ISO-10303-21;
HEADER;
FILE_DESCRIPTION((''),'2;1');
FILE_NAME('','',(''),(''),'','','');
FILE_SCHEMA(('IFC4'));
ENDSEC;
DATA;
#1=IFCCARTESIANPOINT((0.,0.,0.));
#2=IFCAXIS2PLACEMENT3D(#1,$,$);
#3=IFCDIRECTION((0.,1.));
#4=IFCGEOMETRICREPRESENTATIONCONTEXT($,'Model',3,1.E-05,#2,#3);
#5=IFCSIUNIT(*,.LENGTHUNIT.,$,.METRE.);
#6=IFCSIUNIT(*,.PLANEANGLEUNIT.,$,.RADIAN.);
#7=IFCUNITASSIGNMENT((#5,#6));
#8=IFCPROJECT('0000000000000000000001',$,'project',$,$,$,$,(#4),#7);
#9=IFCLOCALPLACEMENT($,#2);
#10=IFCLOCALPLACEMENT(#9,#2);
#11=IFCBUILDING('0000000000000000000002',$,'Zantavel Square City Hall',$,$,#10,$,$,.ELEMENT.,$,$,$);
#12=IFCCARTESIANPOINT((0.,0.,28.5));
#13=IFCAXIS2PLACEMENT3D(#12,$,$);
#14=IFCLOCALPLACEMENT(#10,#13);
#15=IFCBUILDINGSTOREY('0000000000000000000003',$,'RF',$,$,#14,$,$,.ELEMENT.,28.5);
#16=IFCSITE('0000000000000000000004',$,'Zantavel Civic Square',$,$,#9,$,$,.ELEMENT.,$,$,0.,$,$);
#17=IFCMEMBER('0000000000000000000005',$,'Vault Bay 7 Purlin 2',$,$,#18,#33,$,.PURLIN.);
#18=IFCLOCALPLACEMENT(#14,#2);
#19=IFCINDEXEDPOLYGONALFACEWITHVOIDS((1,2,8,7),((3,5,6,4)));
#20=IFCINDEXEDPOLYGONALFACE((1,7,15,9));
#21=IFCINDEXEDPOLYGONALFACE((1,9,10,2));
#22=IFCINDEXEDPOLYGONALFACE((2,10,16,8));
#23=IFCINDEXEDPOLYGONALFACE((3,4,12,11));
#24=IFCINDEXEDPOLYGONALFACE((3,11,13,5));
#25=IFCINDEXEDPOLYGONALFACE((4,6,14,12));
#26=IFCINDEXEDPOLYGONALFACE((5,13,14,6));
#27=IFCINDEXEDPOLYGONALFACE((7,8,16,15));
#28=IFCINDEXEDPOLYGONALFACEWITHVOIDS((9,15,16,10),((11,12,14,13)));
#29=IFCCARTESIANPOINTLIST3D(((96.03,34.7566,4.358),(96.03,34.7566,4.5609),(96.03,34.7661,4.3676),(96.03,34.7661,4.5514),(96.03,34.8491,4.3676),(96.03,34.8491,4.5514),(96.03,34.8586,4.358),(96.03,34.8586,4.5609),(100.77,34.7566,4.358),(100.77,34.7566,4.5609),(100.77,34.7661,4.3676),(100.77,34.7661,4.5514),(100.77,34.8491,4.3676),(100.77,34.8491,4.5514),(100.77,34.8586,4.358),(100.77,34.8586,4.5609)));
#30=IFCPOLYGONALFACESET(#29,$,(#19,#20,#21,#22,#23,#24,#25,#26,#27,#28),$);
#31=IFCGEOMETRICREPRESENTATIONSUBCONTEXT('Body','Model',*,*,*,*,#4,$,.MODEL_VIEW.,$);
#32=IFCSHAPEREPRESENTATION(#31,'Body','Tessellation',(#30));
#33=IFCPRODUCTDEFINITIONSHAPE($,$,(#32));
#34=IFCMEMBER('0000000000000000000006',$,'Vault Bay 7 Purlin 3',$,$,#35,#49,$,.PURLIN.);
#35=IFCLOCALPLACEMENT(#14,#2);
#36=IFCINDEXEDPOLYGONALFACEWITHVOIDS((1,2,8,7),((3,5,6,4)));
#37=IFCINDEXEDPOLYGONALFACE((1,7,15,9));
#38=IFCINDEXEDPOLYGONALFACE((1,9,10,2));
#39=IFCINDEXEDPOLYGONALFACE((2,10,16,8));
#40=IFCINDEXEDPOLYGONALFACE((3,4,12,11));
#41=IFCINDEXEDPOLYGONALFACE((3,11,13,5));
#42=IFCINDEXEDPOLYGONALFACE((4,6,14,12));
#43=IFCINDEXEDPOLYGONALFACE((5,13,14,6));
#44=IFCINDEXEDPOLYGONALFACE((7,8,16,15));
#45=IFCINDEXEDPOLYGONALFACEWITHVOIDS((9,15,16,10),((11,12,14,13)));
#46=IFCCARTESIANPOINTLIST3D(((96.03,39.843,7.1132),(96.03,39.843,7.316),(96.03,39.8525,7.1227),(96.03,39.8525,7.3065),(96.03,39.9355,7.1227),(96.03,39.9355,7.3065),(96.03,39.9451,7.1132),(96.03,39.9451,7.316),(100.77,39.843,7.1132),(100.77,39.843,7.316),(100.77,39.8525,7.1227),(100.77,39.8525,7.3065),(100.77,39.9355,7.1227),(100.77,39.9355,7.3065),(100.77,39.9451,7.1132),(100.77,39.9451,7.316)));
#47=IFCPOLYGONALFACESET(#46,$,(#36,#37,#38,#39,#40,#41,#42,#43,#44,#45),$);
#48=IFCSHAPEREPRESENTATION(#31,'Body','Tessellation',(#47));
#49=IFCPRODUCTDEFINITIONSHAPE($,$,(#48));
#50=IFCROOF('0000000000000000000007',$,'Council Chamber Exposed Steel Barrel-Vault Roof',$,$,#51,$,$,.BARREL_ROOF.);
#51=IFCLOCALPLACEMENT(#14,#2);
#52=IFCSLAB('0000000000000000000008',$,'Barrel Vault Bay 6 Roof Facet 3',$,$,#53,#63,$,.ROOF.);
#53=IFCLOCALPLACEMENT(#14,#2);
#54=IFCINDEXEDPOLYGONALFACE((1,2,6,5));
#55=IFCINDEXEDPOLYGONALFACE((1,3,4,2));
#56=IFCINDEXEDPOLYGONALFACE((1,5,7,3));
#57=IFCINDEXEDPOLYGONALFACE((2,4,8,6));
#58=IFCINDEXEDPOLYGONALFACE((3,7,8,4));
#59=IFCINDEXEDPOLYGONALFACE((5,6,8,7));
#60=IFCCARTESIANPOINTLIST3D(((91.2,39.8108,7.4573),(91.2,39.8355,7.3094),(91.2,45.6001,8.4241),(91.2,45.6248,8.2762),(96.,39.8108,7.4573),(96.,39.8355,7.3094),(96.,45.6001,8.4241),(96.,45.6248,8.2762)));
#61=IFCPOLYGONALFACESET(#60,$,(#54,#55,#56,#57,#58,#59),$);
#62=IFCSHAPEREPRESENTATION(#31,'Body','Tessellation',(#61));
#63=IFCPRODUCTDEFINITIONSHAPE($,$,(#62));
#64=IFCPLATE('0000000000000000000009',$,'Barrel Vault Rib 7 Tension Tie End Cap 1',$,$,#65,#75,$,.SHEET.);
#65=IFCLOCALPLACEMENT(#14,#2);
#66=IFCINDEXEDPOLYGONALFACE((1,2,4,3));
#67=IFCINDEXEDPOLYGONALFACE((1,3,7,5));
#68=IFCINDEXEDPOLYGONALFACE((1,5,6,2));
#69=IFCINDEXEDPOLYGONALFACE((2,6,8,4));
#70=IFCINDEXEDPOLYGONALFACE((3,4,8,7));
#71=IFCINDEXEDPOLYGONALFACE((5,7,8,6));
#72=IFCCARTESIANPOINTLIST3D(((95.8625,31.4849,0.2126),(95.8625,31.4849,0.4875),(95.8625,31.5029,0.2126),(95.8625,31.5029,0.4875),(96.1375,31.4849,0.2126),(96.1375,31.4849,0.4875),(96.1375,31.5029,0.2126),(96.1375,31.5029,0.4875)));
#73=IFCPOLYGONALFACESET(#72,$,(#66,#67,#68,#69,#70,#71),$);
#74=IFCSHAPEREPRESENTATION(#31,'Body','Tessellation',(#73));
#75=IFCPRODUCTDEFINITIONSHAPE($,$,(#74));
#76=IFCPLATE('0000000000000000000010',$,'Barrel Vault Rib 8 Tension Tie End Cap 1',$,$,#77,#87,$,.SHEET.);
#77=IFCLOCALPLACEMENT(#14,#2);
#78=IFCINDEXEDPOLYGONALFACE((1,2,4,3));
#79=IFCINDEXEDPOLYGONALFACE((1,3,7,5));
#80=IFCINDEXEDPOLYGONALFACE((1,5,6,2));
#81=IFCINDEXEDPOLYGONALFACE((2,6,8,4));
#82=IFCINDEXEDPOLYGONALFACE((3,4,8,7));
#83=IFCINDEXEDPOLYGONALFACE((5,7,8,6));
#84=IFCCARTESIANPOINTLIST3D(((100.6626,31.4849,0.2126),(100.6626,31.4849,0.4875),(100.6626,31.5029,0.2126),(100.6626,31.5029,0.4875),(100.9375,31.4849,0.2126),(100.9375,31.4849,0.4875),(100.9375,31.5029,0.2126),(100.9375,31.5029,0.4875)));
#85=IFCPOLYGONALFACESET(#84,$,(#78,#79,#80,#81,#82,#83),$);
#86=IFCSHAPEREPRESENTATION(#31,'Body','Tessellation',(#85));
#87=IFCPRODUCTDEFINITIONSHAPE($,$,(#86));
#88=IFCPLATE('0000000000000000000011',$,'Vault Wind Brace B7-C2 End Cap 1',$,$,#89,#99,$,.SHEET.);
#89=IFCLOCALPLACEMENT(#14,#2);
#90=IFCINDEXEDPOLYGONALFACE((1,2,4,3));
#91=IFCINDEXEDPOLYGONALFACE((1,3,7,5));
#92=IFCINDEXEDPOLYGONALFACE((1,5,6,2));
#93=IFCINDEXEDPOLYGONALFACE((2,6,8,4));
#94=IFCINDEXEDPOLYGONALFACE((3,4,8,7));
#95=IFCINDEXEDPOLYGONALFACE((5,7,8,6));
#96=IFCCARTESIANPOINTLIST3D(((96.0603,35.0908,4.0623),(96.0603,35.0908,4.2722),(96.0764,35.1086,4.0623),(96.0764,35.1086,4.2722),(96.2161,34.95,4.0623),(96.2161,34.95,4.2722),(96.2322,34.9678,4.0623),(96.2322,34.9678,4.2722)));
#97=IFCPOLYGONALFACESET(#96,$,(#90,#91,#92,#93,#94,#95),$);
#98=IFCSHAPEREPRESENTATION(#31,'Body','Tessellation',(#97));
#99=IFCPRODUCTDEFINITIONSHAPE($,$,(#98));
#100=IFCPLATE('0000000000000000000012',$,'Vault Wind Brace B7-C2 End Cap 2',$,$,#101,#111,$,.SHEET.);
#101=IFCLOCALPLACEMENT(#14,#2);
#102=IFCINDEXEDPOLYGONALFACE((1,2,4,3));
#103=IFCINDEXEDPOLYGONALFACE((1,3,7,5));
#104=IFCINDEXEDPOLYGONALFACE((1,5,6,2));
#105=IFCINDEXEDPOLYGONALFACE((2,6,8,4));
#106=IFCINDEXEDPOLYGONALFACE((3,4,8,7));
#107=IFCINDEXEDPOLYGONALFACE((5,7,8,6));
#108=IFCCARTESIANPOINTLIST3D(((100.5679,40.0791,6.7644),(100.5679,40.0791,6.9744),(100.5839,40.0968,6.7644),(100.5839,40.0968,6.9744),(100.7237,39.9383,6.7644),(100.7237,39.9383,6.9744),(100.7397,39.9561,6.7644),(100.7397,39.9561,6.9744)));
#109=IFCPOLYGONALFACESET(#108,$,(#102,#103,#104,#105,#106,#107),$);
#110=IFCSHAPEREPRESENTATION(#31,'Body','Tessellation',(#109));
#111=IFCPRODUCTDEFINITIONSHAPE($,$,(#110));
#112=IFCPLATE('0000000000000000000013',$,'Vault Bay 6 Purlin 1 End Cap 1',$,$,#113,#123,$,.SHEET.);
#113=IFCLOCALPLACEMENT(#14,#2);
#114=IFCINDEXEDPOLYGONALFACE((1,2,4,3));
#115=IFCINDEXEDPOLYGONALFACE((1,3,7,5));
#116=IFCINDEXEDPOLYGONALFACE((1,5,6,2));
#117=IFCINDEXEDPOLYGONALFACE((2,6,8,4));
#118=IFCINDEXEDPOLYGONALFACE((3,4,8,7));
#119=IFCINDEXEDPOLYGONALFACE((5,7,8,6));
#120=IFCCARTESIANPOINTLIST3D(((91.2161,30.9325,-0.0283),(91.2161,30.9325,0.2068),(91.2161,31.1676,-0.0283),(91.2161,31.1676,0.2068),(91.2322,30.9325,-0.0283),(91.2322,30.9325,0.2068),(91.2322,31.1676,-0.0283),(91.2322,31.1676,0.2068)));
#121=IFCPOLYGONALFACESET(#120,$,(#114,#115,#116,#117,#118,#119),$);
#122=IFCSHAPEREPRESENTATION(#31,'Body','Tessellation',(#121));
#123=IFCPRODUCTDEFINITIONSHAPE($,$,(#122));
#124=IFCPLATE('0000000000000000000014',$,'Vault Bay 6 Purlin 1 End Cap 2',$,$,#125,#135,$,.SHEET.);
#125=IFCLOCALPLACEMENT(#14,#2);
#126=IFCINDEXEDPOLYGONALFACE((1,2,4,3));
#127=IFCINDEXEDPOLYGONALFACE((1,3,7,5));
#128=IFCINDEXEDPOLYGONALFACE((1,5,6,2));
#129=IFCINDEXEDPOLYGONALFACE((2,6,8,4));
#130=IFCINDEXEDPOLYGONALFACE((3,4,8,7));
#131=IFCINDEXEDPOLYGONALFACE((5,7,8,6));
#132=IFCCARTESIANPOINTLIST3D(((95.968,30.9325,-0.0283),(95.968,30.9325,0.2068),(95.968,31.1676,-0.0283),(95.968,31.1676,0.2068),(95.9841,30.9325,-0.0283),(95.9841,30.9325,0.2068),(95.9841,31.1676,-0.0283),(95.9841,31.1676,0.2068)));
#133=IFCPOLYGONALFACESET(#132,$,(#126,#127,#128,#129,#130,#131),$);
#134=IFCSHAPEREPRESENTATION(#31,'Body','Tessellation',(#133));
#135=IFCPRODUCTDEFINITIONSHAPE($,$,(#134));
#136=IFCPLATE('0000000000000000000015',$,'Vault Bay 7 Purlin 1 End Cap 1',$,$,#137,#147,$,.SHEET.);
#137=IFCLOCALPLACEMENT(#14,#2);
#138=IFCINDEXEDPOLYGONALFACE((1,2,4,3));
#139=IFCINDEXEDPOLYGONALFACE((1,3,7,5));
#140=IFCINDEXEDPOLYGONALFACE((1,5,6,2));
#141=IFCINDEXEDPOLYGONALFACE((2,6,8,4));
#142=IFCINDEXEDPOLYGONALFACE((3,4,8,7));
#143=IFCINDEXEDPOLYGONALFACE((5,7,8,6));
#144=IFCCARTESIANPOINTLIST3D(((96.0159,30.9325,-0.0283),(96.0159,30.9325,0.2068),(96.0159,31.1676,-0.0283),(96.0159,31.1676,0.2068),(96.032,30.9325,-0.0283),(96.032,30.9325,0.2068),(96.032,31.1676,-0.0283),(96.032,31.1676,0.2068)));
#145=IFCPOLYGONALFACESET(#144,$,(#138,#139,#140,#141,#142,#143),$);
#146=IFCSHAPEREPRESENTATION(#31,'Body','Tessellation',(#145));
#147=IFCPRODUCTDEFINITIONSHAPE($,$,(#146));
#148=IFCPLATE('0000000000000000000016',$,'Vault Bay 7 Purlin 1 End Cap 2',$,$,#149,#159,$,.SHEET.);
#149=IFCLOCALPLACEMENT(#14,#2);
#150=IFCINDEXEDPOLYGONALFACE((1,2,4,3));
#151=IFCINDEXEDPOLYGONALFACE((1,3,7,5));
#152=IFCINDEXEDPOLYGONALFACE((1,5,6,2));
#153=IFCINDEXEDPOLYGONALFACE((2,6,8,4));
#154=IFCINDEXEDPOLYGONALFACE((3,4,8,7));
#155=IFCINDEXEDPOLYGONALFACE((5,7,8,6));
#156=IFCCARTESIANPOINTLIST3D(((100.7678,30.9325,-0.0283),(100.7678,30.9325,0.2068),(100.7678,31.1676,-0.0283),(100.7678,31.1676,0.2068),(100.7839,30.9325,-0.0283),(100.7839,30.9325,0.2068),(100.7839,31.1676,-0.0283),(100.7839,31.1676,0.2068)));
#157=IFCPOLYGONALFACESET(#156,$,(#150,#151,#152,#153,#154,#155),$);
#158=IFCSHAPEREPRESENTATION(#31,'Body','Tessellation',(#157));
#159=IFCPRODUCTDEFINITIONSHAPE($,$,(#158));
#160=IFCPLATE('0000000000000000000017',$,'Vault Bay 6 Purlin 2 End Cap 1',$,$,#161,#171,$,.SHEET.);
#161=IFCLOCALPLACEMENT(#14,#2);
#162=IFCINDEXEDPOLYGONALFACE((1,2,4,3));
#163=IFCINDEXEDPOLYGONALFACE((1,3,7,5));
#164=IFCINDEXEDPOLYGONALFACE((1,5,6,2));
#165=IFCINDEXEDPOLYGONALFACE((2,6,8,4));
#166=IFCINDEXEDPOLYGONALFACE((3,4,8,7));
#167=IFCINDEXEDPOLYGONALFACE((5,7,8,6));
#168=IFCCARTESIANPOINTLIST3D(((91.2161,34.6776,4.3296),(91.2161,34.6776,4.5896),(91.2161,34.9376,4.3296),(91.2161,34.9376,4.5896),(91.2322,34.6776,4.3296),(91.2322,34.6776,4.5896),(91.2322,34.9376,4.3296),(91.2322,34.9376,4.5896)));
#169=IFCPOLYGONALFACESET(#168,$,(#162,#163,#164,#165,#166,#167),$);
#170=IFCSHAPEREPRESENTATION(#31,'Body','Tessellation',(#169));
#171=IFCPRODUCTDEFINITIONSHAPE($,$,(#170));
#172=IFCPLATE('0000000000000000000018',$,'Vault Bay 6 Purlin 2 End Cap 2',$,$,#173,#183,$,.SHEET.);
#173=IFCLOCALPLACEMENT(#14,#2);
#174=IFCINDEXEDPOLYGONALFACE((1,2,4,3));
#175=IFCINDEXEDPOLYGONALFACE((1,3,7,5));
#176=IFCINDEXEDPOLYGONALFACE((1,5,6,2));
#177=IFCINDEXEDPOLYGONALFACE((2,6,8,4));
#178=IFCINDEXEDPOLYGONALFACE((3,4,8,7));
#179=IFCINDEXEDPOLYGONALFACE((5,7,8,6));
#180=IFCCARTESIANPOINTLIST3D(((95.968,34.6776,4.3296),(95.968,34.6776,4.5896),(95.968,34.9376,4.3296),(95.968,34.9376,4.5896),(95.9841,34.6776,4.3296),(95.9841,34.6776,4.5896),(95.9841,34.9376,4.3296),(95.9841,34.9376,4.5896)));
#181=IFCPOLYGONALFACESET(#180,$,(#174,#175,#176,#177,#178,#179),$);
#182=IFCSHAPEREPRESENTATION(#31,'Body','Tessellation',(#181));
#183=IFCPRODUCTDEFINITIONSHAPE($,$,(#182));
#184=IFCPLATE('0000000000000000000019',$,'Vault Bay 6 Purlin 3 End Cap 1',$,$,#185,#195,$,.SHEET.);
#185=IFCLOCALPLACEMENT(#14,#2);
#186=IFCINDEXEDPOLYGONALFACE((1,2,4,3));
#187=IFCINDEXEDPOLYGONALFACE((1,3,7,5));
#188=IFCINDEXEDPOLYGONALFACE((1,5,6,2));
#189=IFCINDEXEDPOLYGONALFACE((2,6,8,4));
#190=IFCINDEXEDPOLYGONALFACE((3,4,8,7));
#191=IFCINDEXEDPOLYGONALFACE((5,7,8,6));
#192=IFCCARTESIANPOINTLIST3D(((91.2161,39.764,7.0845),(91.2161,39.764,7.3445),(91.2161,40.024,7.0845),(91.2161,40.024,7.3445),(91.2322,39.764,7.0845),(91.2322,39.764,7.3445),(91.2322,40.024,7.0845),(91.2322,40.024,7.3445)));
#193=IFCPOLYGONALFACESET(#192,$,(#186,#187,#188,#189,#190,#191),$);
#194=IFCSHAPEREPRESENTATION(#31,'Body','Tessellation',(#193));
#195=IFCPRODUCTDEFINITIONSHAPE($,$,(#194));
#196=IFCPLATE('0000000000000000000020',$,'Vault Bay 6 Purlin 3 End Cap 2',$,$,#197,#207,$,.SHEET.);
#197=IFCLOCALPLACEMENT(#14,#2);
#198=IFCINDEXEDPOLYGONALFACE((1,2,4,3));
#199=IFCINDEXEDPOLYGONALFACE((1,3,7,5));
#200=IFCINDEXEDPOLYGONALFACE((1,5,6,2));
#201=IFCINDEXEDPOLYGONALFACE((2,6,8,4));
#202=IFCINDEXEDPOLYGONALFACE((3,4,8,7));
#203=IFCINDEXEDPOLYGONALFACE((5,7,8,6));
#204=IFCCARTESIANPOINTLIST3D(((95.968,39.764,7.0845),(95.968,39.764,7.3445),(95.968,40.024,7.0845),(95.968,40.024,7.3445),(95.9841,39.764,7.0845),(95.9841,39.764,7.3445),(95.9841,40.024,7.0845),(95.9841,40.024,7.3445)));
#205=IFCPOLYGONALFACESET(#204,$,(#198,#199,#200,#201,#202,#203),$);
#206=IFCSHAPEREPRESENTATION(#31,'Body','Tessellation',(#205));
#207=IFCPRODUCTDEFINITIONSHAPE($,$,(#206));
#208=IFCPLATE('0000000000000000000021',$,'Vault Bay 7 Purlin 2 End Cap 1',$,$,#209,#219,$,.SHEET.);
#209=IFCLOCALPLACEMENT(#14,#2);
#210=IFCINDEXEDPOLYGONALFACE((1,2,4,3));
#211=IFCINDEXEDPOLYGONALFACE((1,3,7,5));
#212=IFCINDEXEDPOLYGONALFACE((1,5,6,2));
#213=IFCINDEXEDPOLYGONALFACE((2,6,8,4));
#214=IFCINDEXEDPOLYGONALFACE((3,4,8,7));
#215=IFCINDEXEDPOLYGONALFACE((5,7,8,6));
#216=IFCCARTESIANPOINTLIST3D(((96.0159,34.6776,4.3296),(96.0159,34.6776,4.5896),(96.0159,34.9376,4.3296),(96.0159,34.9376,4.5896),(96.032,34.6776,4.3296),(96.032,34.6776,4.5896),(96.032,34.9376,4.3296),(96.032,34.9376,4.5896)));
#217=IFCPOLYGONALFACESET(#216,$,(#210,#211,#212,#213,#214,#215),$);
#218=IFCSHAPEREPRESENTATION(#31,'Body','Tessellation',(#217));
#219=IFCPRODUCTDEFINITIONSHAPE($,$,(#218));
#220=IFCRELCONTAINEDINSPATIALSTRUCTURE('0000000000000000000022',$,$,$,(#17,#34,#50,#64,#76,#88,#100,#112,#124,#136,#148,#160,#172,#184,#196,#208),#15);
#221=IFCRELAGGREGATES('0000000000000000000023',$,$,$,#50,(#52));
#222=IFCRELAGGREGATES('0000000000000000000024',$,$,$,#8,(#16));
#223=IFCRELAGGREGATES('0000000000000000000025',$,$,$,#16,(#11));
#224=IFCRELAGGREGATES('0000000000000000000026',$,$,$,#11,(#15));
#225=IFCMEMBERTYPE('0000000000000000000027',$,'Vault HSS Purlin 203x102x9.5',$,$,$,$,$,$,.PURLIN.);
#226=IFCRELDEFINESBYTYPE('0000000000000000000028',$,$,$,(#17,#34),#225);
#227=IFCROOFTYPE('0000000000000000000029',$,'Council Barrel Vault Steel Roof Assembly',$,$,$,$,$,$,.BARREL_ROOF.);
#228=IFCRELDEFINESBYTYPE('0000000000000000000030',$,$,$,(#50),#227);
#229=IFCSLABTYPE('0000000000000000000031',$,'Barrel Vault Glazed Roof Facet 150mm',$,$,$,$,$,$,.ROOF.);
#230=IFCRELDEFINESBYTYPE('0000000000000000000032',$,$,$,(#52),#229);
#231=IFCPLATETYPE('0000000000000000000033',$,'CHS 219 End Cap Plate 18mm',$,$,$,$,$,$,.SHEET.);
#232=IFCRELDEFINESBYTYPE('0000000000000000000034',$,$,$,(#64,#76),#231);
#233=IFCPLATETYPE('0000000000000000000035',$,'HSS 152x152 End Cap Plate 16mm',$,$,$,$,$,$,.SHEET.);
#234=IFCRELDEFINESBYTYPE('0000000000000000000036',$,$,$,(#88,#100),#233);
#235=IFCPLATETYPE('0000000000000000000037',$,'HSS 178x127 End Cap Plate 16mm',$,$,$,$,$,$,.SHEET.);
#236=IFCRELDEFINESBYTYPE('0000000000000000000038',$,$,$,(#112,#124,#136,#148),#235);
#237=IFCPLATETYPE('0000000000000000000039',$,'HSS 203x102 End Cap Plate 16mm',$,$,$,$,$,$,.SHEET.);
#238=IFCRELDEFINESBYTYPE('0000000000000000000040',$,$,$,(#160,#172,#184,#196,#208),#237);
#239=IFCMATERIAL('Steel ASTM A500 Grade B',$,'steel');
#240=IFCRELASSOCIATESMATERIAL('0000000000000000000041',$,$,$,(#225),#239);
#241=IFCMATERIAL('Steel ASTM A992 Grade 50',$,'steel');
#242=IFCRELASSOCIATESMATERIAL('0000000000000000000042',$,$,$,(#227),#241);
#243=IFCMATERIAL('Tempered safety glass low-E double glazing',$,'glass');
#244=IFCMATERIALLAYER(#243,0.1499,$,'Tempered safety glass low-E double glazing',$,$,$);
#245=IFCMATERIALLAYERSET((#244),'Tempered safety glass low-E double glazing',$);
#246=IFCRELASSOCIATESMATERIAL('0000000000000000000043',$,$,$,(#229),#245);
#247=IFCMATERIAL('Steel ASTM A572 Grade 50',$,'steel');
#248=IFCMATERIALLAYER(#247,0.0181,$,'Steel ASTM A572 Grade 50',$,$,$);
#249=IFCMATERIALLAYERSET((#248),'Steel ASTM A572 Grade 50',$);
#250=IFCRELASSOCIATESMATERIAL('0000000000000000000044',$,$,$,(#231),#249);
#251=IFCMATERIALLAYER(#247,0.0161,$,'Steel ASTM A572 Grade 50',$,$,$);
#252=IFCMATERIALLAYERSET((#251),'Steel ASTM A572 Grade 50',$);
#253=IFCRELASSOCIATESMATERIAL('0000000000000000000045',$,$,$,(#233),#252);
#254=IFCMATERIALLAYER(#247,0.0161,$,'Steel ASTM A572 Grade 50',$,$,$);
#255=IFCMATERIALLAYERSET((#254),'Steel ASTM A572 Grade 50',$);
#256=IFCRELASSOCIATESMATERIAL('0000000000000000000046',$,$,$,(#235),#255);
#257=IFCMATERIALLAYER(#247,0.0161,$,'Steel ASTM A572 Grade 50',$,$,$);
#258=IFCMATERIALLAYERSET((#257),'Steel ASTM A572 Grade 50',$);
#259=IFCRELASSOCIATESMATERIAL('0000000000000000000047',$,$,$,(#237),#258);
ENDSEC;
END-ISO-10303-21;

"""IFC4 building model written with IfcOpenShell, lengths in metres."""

from ifc_helpers import new_model, si_unit, direction, frame, origin, origin_2d, place, context, subcontext, project, spatial, polyline, rectangle, hollow_rectangle, outline, extrude, material, layer, layer_set, material_profile, profile_set, type_object, element, aggregate, save


model = new_model("IFC4")

# Units and contexts
model_context = context("Model", 3, precision=1e-05, world=origin(), true_north=direction((0.0, 1.0)))
body_context = subcontext(model_context, "Body", "Model", "MODEL_VIEW")
ifc_project = project(units=[si_unit("LENGTHUNIT", "METRE"), si_unit("PLANEANGLEUNIT", "RADIAN")], contexts=[model_context])

# Site, building, storey
site_placement = place(None, origin())
site = spatial("IfcSite", under=ifc_project, at=site_placement, Name="Zantavel Civic Square", CompositionType="ELEMENT", RefElevation=0.0)
building_placement = place(site_placement, origin())
building = spatial("IfcBuilding", under=site, at=building_placement, Name="Zantavel Square City Hall", CompositionType="ELEMENT")
storey_placement = place(building_placement, frame((0.0, 0.0, 28.5)))
storey = spatial("IfcBuildingStorey", under=building, at=storey_placement, Name="RF", CompositionType="ELEMENT", Elevation=28.5)

# Shared definitions
ifc_material_1 = material(Name="Steel ASTM A992 Grade 50", Category="steel")

# Members
ifc_material_2 = material(Name="Steel ASTM A500 Grade B", Category="steel")
ifc_material_profile_1 = material_profile(ifc_material_2, hollow_rectangle(XDim=0.1021, YDim=0.2029, WallThickness=0.0095, at=origin_2d()), Name="HSS 203x102x9.5")
ifc_profile_set_1 = profile_set([ifc_material_profile_1], Name="Steel ASTM A500 Grade B")
member_type_1 = type_object("IfcMemberType", Name="Vault HSS Purlin 203x102x9.5", PredefinedType="PURLIN", material=ifc_profile_set_1)
for number, where, z_axis, x_axis, name in (
    (1, (96.03, 34.8076, 4.4595), (1.0, 0.0, 0.0), (0.0, 1.0, 0.0), "Vault Bay 7 Purlin 2"),
    (2, (96.03, 39.894, 7.2146), (1.0, 0.0, 0.0), (0.0, 1.0, 0.0), "Vault Bay 7 Purlin 3"),
):
    element("IfcMember", number, at=place(storey_placement, frame(where, z_axis=z_axis, x_axis=x_axis)), inside=storey, type_object=member_type_1, Name=name, PredefinedType="PURLIN", context=body_context, shape_type="SweptSolid", body=[
        extrude(hollow_rectangle(XDim=0.1021, YDim=0.2029, WallThickness=0.0095, at=origin_2d()), origin(), (0.0, 0.0, 1.0), 4.74),
    ])

# Roof, slab
roof_type = type_object("IfcRoofType", Name="Council Barrel Vault Steel Roof Assembly", PredefinedType="BARREL_ROOF", material=ifc_material_1)
roof_placement = place(storey_placement, origin())
roof = element("IfcRoof", 3, at=roof_placement, inside=storey, type_object=roof_type, Name="Council Chamber Exposed Steel Barrel-Vault Roof", PredefinedType="BARREL_ROOF")
ifc_material_3 = material(Name="Tempered safety glass low-E double glazing", Category="glass")
ifc_layer_1 = layer(ifc_material_3, 0.1499, Name="Tempered safety glass low-E double glazing")
ifc_layer_set_1 = layer_set([ifc_layer_1], Name="Tempered safety glass low-E double glazing")
slab_type_1 = type_object("IfcSlabType", Name="Barrel Vault Glazed Roof Facet 150mm", PredefinedType="ROOF", material=ifc_layer_set_1)
slab_1_placement = place(storey_placement, frame((91.2, 39.8108, 7.4573), z_axis=(0.0, -0.164716, 0.986341), x_axis=(1.0, 0.0, 0.0)))
slab_1 = element("IfcSlab", 4, at=slab_1_placement, type_object=slab_type_1, Name="Barrel Vault Bay 6 Roof Facet 3", PredefinedType="ROOF", context=body_context, shape_type="SweptSolid", body=[
    extrude(outline(polyline([(0.0, 0.0), (4.8, 0.0), (4.8, 5.8695), (0.0, 5.8695), (0.0, 0.0)])), origin(), (0.0, 0.0, -1.0), 0.1499),
])

# Plates
ifc_material_4 = material(Name="Steel ASTM A572 Grade 50", Category="steel")
ifc_layer_2 = layer(ifc_material_4, 0.0181, Name="Steel ASTM A572 Grade 50")
ifc_layer_set_2 = layer_set([ifc_layer_2], Name="Steel ASTM A572 Grade 50")
plate_type_1 = type_object("IfcPlateType", Name="CHS 219 End Cap Plate 18mm", PredefinedType="SHEET", material=ifc_layer_set_2)
for number, where, z_axis, x_axis, name in (
    (5, (96.0, 31.4939, 0.2126), (0.0, 0.0, 1.0), (0.0, 1.0, 0.0), "Barrel Vault Rib 7 Tension Tie End Cap 1"),
    (6, (100.8, 31.4939, 0.2126), (0.0, 0.0, 1.0), (0.0, 1.0, 0.0), "Barrel Vault Rib 8 Tension Tie End Cap 1"),
):
    element("IfcPlate", number, at=place(storey_placement, frame(where, z_axis=z_axis, x_axis=x_axis)), inside=storey, type_object=plate_type_1, Name=name, PredefinedType="SHEET", context=body_context, shape_type="SweptSolid", body=[
        extrude(rectangle(XDim=0.0181, YDim=0.2749, at=origin_2d()), origin(), (0.0, 0.0, 1.0), 0.2749),
    ])
ifc_layer_3 = layer(ifc_material_4, 0.0161, Name="Steel ASTM A572 Grade 50")
ifc_layer_set_3 = layer_set([ifc_layer_3], Name="Steel ASTM A572 Grade 50")
plate_type_2 = type_object("IfcPlateType", Name="HSS 152x152 End Cap Plate 16mm", PredefinedType="SHEET", material=ifc_layer_set_3)
for number, where, z_axis, x_axis, name in (
    (7, (96.1462, 35.0293, 4.0623), (0.0, 0.0, 1.0), (0.670438, 0.741966, 0.0), "Vault Wind Brace B7-C2 End Cap 1"),
    (8, (100.6538, 40.0176, 6.7644), (0.0, 0.0, 1.0), (0.670438, 0.741966, 0.0), "Vault Wind Brace B7-C2 End Cap 2"),
):
    element("IfcPlate", number, at=place(storey_placement, frame(where, z_axis=z_axis, x_axis=x_axis)), inside=storey, type_object=plate_type_2, Name=name, PredefinedType="SHEET", context=body_context, shape_type="SweptSolid", body=[
        extrude(rectangle(XDim=0.0239, YDim=0.21, at=origin_2d()), origin(), (0.0, 0.0, 1.0), 0.21),
    ])
ifc_layer_4 = layer(ifc_material_4, 0.0161, Name="Steel ASTM A572 Grade 50")
ifc_layer_set_4 = layer_set([ifc_layer_4], Name="Steel ASTM A572 Grade 50")
plate_type_3 = type_object("IfcPlateType", Name="HSS 178x127 End Cap Plate 16mm", PredefinedType="SHEET", material=ifc_layer_set_4)
for number, where, z_axis, x_axis, name in (
    (9, (91.2241, 31.05, -0.0283), (0.0, 0.0, 1.0), (1.0, 0.0, 0.0), "Vault Bay 6 Purlin 1 End Cap 1"),
    (10, (95.9761, 31.05, -0.0283), (0.0, 0.0, 1.0), (1.0, 0.0, 0.0), "Vault Bay 6 Purlin 1 End Cap 2"),
    (11, (96.0239, 31.05, -0.0283), (0.0, 0.0, 1.0), (1.0, 0.0, 0.0), "Vault Bay 7 Purlin 1 End Cap 1"),
    (12, (100.7759, 31.05, -0.0283), (0.0, 0.0, 1.0), (1.0, 0.0, 0.0), "Vault Bay 7 Purlin 1 End Cap 2"),
):
    element("IfcPlate", number, at=place(storey_placement, frame(where, z_axis=z_axis, x_axis=x_axis)), inside=storey, type_object=plate_type_3, Name=name, PredefinedType="SHEET", context=body_context, shape_type="SweptSolid", body=[
        extrude(rectangle(XDim=0.0161, YDim=0.2351, at=origin_2d()), origin(), (0.0, 0.0, 1.0), 0.2351),
    ])
ifc_layer_5 = layer(ifc_material_4, 0.0161, Name="Steel ASTM A572 Grade 50")
ifc_layer_set_5 = layer_set([ifc_layer_5], Name="Steel ASTM A572 Grade 50")
plate_type_4 = type_object("IfcPlateType", Name="HSS 203x102 End Cap Plate 16mm", PredefinedType="SHEET", material=ifc_layer_set_5)
for number, where, z_axis, x_axis, name in (
    (13, (91.2241, 34.8076, 4.3296), (0.0, 0.0, 1.0), (1.0, 0.0, 0.0), "Vault Bay 6 Purlin 2 End Cap 1"),
    (14, (95.9761, 34.8076, 4.3296), (0.0, 0.0, 1.0), (1.0, 0.0, 0.0), "Vault Bay 6 Purlin 2 End Cap 2"),
    (15, (91.2241, 39.894, 7.0845), (0.0, 0.0, 1.0), (1.0, 0.0, 0.0), "Vault Bay 6 Purlin 3 End Cap 1"),
    (16, (95.9761, 39.894, 7.0845), (0.0, 0.0, 1.0), (1.0, 0.0, 0.0), "Vault Bay 6 Purlin 3 End Cap 2"),
    (17, (96.0239, 34.8076, 4.3296), (0.0, 0.0, 1.0), (1.0, 0.0, 0.0), "Vault Bay 7 Purlin 2 End Cap 1"),
):
    element("IfcPlate", number, at=place(storey_placement, frame(where, z_axis=z_axis, x_axis=x_axis)), inside=storey, type_object=plate_type_4, Name=name, PredefinedType="SHEET", context=body_context, shape_type="SweptSolid", body=[
        extrude(rectangle(XDim=0.0161, YDim=0.26, at=origin_2d()), origin(), (0.0, 0.0, 1.0), 0.26),
    ])

aggregate(roof, [slab_1])

save(model, "model.ifc")
